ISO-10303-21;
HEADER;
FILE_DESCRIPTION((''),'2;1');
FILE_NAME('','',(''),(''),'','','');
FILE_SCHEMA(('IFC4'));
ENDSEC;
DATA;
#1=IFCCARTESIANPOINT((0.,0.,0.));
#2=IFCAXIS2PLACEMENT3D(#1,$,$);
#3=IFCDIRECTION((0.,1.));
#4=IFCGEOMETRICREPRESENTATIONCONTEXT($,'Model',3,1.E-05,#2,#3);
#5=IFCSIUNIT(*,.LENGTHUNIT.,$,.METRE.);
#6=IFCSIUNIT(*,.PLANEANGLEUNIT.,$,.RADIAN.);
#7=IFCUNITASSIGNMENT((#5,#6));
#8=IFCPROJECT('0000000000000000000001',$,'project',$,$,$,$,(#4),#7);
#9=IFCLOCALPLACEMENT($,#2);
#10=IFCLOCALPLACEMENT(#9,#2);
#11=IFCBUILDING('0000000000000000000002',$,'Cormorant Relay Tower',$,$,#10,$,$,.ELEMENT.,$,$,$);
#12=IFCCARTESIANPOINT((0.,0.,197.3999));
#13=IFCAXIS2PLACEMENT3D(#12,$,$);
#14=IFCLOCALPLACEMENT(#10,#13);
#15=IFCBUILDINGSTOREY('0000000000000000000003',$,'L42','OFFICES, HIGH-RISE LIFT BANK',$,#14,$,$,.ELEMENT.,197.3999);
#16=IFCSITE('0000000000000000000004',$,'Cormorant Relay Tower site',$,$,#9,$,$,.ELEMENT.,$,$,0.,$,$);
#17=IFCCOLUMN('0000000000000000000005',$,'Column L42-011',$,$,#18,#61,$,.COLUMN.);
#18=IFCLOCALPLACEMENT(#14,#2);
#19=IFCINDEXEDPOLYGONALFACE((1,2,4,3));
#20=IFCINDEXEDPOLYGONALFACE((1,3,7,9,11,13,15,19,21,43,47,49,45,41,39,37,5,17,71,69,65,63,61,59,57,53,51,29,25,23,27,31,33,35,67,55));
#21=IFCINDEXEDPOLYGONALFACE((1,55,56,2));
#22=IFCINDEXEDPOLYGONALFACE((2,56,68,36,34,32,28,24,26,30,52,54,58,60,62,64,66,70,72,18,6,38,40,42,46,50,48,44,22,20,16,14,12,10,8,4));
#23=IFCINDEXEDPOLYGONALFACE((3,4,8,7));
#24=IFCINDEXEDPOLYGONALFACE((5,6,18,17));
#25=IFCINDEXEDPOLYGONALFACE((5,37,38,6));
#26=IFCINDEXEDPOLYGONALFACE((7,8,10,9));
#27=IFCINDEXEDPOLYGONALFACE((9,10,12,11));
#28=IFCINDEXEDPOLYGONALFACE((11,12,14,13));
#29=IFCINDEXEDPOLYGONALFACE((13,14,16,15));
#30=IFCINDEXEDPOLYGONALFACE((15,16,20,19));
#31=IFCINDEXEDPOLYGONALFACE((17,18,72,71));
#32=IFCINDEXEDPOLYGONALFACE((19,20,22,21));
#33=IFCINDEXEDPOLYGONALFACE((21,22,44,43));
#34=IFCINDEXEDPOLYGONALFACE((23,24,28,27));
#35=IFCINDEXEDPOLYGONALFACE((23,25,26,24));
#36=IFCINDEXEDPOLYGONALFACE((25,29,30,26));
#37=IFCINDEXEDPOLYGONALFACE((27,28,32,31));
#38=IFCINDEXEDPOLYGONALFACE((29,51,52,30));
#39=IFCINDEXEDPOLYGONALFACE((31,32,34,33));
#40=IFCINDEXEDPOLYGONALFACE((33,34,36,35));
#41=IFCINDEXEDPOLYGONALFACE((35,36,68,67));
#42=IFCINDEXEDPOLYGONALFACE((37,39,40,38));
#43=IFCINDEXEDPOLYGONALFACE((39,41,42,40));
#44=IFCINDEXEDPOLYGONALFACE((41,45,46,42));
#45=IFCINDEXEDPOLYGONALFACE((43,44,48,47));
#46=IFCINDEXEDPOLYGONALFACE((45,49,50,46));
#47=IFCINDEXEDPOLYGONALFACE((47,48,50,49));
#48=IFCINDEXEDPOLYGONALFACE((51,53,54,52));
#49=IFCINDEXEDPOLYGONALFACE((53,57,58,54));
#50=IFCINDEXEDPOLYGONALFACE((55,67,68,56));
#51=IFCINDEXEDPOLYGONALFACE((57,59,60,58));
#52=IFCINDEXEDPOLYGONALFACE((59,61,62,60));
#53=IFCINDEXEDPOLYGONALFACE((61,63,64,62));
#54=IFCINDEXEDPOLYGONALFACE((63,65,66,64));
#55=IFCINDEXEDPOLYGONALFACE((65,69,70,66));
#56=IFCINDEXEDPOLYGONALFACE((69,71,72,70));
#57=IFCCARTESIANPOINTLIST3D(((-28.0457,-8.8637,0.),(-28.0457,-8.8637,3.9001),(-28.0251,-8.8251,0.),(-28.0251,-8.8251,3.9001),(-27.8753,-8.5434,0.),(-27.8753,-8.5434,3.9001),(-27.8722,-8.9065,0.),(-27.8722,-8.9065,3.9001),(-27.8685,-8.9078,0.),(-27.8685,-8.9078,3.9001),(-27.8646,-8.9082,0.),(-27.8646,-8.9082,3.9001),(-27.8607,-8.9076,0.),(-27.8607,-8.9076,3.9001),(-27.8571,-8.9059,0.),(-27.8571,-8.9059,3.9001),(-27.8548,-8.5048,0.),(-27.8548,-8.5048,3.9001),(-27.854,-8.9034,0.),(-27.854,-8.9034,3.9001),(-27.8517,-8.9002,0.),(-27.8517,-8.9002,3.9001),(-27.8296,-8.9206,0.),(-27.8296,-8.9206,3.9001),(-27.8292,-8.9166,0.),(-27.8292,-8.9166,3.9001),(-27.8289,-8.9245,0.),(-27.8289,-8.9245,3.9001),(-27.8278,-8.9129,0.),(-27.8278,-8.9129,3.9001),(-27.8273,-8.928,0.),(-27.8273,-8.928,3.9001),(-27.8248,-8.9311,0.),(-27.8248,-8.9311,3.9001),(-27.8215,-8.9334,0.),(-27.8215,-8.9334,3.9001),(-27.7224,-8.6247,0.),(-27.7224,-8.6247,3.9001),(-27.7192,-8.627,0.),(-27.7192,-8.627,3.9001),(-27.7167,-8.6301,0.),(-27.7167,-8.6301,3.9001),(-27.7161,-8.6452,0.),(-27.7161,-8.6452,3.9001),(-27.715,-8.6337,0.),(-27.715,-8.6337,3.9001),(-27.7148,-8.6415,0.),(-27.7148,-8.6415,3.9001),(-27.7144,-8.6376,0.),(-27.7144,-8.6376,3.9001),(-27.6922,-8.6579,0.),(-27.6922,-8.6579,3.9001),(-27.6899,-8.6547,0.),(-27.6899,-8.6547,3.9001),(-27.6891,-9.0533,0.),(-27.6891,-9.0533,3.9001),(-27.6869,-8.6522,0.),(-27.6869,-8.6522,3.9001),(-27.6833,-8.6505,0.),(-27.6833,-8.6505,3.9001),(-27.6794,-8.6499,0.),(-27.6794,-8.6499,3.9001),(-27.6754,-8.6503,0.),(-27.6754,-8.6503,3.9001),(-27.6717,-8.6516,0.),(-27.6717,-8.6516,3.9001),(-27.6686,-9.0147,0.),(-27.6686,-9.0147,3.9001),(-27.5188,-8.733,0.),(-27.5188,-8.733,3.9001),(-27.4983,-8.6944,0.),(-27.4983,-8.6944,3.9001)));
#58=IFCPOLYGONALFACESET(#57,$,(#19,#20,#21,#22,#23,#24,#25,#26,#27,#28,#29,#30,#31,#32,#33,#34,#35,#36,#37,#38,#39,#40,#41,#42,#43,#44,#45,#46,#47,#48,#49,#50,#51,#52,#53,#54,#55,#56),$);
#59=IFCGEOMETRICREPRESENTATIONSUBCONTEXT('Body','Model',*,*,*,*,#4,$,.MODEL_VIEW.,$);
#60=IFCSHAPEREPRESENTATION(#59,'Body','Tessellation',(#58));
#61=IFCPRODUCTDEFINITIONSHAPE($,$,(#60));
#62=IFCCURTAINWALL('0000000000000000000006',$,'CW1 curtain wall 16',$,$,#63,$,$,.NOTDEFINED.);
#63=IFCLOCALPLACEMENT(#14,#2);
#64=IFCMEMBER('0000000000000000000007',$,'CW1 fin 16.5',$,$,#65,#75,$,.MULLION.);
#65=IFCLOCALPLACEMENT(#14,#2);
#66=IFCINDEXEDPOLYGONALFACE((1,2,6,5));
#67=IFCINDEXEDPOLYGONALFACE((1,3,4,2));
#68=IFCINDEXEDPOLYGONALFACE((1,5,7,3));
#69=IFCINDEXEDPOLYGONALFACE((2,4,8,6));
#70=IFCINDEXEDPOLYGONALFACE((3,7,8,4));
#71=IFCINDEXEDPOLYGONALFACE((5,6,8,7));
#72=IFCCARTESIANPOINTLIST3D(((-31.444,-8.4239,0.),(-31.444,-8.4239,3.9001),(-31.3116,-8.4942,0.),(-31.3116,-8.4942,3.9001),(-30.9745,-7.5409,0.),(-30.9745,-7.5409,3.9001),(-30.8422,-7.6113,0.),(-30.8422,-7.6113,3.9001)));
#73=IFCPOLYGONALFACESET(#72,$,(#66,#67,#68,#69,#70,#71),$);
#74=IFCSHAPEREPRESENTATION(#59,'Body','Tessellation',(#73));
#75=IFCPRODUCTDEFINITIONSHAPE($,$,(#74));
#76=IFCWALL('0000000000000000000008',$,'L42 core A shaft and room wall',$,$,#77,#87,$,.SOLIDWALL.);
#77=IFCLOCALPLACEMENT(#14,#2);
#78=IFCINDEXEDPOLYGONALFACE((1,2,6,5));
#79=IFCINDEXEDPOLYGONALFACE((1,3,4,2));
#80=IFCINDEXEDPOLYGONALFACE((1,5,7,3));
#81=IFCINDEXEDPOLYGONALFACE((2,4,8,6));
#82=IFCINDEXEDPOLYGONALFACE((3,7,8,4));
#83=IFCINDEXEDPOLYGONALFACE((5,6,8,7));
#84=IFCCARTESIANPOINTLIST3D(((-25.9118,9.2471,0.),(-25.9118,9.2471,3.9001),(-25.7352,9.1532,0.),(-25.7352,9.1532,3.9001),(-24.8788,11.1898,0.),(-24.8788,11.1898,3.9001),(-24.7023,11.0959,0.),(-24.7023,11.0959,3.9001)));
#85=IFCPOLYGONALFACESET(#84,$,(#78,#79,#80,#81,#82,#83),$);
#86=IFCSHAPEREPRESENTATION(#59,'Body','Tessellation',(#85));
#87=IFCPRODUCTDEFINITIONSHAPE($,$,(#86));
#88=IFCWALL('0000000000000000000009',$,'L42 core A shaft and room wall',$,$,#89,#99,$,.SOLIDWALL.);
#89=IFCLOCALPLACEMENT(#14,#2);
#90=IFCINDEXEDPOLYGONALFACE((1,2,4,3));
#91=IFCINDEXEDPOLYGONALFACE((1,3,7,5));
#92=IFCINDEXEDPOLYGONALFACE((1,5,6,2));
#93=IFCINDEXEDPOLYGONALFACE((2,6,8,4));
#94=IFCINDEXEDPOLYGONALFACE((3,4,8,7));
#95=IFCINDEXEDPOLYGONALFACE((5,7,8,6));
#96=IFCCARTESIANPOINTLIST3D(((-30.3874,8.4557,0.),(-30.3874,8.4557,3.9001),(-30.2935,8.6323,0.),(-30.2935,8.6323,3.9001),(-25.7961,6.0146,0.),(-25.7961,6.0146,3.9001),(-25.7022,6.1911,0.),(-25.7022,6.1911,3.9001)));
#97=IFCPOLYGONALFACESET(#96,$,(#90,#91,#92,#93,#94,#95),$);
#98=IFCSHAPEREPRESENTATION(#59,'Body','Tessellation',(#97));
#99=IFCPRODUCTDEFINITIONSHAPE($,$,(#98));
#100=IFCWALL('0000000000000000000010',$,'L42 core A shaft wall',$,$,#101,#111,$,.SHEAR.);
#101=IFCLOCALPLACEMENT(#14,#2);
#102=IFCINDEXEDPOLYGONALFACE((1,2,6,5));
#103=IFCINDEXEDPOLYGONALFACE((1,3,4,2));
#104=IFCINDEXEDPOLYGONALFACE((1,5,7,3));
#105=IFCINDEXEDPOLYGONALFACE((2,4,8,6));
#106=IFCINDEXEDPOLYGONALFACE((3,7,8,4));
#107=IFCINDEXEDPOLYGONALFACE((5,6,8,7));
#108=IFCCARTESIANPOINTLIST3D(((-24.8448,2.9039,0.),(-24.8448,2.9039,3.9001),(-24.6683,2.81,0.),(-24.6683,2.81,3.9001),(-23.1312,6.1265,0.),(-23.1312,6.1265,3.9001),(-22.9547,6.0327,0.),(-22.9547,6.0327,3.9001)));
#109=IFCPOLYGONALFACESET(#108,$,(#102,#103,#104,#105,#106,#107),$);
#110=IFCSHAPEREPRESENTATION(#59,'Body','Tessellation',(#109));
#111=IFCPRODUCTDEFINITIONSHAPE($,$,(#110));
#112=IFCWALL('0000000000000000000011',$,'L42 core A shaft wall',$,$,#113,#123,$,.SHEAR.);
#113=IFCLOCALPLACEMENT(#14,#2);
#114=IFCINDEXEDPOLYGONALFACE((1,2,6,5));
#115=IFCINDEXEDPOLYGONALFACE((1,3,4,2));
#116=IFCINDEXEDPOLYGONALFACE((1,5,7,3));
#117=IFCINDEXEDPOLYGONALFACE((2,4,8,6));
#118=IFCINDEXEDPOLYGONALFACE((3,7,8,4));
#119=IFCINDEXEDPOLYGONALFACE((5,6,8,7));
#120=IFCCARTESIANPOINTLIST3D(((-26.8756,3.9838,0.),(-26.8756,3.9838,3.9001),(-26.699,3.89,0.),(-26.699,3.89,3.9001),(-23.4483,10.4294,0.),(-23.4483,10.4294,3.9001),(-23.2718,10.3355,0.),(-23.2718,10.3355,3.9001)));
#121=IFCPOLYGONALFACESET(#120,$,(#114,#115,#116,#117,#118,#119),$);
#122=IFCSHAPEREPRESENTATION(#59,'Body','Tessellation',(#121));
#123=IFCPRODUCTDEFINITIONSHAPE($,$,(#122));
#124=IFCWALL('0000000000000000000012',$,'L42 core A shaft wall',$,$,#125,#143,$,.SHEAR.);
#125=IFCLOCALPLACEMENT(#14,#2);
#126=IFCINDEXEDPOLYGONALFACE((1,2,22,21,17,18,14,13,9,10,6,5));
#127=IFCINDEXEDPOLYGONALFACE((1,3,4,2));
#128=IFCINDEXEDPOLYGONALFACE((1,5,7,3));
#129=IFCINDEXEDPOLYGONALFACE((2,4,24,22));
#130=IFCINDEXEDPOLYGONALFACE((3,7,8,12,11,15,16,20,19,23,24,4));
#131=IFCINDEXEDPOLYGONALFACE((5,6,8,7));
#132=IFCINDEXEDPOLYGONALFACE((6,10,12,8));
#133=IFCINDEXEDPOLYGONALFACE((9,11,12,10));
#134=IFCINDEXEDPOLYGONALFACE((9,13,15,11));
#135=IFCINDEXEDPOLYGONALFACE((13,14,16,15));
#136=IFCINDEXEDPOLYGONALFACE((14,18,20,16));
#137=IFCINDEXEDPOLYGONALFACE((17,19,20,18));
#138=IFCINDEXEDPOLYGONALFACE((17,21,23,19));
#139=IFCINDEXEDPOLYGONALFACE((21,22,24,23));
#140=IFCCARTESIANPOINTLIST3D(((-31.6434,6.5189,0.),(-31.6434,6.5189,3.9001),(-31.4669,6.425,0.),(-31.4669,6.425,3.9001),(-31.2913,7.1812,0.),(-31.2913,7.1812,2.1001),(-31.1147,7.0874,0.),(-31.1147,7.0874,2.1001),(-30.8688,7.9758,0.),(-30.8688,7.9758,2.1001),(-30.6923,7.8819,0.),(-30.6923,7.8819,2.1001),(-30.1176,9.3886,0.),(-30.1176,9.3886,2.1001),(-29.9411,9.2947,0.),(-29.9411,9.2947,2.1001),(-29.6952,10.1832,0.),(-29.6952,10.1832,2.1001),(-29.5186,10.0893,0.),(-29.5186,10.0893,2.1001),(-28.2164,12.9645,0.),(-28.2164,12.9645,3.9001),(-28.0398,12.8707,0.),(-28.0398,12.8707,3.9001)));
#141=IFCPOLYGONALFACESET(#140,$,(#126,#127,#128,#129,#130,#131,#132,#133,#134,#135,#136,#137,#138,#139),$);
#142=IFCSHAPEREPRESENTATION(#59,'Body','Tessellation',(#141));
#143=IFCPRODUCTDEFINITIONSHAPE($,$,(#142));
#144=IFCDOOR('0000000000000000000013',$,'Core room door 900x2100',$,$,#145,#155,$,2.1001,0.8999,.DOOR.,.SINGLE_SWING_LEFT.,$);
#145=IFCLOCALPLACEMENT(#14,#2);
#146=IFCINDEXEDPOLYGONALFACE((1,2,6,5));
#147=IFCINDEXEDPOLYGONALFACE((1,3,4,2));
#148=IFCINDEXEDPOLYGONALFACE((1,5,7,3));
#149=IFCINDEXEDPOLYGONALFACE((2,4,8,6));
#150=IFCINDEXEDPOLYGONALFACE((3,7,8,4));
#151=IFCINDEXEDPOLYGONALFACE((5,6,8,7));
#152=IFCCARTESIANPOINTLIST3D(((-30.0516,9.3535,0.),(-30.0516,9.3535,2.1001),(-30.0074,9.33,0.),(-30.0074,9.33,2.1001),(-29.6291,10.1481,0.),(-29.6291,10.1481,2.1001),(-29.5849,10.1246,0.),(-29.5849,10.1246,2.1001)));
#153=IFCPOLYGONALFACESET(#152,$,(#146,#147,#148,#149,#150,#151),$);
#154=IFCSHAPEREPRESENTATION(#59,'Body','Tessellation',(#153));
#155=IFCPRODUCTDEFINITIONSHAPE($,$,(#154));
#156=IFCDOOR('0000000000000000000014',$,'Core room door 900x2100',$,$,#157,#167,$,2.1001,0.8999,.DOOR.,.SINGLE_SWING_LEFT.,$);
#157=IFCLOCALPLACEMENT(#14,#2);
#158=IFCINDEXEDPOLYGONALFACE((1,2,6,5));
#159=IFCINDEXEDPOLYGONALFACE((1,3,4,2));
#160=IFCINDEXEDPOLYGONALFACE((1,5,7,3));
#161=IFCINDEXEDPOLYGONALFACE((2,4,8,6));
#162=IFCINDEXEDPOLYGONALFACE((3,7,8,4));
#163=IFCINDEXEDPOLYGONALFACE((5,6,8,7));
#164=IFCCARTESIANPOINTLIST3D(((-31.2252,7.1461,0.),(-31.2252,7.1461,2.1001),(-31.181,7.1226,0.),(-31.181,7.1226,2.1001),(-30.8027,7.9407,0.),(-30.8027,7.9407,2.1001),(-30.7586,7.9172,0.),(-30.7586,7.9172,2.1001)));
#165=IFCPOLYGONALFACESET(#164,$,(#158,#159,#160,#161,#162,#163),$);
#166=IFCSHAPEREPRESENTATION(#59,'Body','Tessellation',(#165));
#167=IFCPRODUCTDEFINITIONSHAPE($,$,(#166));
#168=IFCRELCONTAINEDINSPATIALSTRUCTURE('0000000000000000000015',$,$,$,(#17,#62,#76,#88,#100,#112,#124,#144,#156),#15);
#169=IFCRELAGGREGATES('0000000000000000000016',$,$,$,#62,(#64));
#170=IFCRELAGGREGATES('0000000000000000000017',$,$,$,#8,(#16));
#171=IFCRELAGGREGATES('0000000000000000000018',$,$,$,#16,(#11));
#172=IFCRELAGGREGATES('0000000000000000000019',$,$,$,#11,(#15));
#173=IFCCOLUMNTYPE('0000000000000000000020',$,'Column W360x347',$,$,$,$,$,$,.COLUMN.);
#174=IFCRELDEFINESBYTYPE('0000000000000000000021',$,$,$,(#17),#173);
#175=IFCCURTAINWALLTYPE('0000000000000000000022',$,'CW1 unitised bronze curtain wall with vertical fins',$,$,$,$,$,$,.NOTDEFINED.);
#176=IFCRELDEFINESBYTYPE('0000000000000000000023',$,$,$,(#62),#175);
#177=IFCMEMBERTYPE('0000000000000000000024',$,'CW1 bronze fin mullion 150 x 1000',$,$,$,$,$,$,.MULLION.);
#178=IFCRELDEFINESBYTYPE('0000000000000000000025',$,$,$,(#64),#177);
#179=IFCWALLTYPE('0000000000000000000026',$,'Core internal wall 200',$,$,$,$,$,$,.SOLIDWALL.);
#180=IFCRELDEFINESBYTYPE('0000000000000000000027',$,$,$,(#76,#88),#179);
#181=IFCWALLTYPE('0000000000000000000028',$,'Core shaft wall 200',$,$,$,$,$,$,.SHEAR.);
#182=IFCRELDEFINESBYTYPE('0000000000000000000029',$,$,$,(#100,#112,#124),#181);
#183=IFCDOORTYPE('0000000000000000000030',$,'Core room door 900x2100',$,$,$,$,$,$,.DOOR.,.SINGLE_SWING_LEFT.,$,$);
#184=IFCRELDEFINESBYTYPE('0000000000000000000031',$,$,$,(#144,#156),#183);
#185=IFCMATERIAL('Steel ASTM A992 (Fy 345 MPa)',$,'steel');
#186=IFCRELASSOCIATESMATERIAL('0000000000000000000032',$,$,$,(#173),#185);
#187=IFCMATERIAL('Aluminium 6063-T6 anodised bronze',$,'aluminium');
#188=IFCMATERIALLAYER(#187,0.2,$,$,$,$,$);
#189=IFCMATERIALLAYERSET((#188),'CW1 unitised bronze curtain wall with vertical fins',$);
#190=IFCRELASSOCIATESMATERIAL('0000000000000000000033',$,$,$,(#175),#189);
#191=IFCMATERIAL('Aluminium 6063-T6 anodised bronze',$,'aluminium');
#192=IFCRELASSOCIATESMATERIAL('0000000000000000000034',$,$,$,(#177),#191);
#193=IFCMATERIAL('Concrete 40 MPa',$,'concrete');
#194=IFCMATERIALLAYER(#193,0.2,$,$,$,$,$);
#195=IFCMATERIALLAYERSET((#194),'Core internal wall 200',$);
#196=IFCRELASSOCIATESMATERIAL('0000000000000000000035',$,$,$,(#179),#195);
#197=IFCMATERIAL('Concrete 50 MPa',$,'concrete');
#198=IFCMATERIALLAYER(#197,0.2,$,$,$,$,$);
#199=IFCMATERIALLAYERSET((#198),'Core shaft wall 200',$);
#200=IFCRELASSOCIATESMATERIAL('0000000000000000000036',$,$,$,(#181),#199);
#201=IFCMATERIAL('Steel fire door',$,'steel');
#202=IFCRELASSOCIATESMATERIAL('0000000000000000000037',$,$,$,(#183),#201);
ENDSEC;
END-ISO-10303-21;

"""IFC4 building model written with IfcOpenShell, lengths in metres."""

from ifc_helpers import new_model, si_unit, direction, frame, frame_2d, origin, origin_2d, place, context, subcontext, project, spatial, rectangle, i_section, extrude, material, layer, layer_set, material_profile, profile_set, type_object, element, fill, aggregate, save


model = new_model("IFC4")

# Units and contexts
model_context = context("Model", 3, precision=1e-05, world=origin(), true_north=direction((0.0, 1.0)))
body_context = subcontext(model_context, "Body", "Model", "MODEL_VIEW")
ifc_project = project(units=[si_unit("LENGTHUNIT", "METRE"), si_unit("PLANEANGLEUNIT", "RADIAN")], contexts=[model_context])

# Site, building, storey
site_placement = place(None, origin())
site = spatial("IfcSite", under=ifc_project, at=site_placement, Name="Cormorant Relay Tower site", CompositionType="ELEMENT", RefElevation=0.0)
building_placement = place(site_placement, origin())
building = spatial("IfcBuilding", under=site, at=building_placement, Name="Cormorant Relay Tower", CompositionType="ELEMENT")
storey_placement = place(building_placement, frame((0.0, 0.0, 197.3999)))
storey = spatial("IfcBuildingStorey", under=building, at=storey_placement, Name="L42", Description="OFFICES, HIGH-RISE LIFT BANK", CompositionType="ELEMENT", Elevation=197.3999)

# Column
ifc_material_1 = material(Name="Steel ASTM A992 (Fy 345 MPa)", Category="steel")
ifc_material_profile_1 = material_profile(ifc_material_1, i_section(OverallWidth=0.4038, OverallDepth=0.4065, WebThickness=0.0271, FlangeThickness=0.0437, FilletRadius=0.0151, at=origin_2d()), Name="W360x347")
ifc_profile_set_1 = profile_set([ifc_material_profile_1], Name="Steel ASTM A992 (Fy 345 MPa)")
column_type = type_object("IfcColumnType", Name="Column W360x347", PredefinedType="COLUMN", material=ifc_profile_set_1)
column_placement = place(storey_placement, frame((-27.772, -8.7791, 0.0), z_axis=(0.0, 0.0, 1.0), x_axis=(0.882948, -0.469472, 0.0)))
element("IfcColumn", 1, at=column_placement, inside=storey, type_object=column_type, Name="Column L42-011", PredefinedType="COLUMN", context=body_context, shape_type="SweptSolid", body=[
    extrude(i_section(OverallWidth=0.4038, OverallDepth=0.4065, WebThickness=0.0271, FlangeThickness=0.0437, FilletRadius=0.0151, at=origin_2d()), origin(), (0.0, 0.0, 1.0), 3.9001),
])

# Curtain wall, member
ifc_material_2 = material(Name="Aluminium 6063-T6 anodised bronze", Category="aluminium")
ifc_layer_1 = layer(ifc_material_2, 0.2)
ifc_layer_set_1 = layer_set([ifc_layer_1], Name="CW1 unitised bronze curtain wall with vertical fins")
curtain_wall_type = type_object("IfcCurtainWallType", Name="CW1 unitised bronze curtain wall with vertical fins", PredefinedType="NOTDEFINED", material=ifc_layer_set_1)
curtain_wall_placement = place(storey_placement, origin())
curtain_wall = element("IfcCurtainWall", 2, at=curtain_wall_placement, inside=storey, type_object=curtain_wall_type, Name="CW1 curtain wall 16", PredefinedType="NOTDEFINED")
ifc_material_3 = material(Name="Aluminium 6063-T6 anodised bronze", Category="aluminium")
ifc_material_profile_2 = material_profile(ifc_material_3, rectangle(XDim=0.1499, YDim=1.0, at=origin_2d()), Name="AL 150x1000")
ifc_profile_set_2 = profile_set([ifc_material_profile_2], Name="Aluminium 6063-T6 anodised bronze")
member_type = type_object("IfcMemberType", Name="CW1 bronze fin mullion 150 x 1000", PredefinedType="MULLION", material=ifc_profile_set_2)
member_placement = place(storey_placement, frame((-31.1431, -8.0176, 0.0), z_axis=(0.0, 0.0, 1.0), x_axis=(0.882948, -0.469472, 0.0)))
member = element("IfcMember", 3, at=member_placement, type_object=member_type, Name="CW1 fin 16.5", PredefinedType="MULLION", context=body_context, shape_type="SweptSolid", body=[
    extrude(rectangle(XDim=0.1499, YDim=1.0, at=origin_2d()), origin(), (0.0, 0.0, 1.0), 3.9001),
])

# Walls
ifc_material_4 = material(Name="Concrete 40 MPa", Category="concrete")
ifc_layer_2 = layer(ifc_material_4, 0.2)
ifc_layer_set_2 = layer_set([ifc_layer_2], Name="Core internal wall 200")
wall_type_1 = type_object("IfcWallType", Name="Core internal wall 200", PredefinedType="SOLIDWALL", material=ifc_layer_set_2)
wall_1_placement = place(storey_placement, frame((-24.7905, 11.1428, 0.0), z_axis=(0.0, 0.0, 1.0), x_axis=(-0.469488, -0.882939, 0.0)))
element("IfcWall", 4, at=wall_1_placement, inside=storey, type_object=wall_type_1, Name="L42 core A shaft and room wall", PredefinedType="SOLIDWALL", context=body_context, shape_type="SweptSolid", body=[
    extrude(rectangle(XDim=2.2002, YDim=0.2, at=frame_2d((1.1001, 0.0))), origin(), (0.0, 0.0, 1.0), 3.9001),
])
wall_2_placement = place(storey_placement, frame((-25.749, 6.1028, 0.0), z_axis=(0.0, 0.0, 1.0), x_axis=(-0.882954, 0.46946, 0.0)))
element("IfcWall", 5, at=wall_2_placement, inside=storey, type_object=wall_type_1, Name="L42 core A shaft and room wall", PredefinedType="SOLIDWALL", context=body_context, shape_type="SweptSolid", body=[
    extrude(rectangle(XDim=5.2, YDim=0.2, at=frame_2d((2.6001, 0.0))), origin(), (0.0, 0.0, 1.0), 3.9001),
])
ifc_material_5 = material(Name="Concrete 50 MPa", Category="concrete")
ifc_layer_3 = layer(ifc_material_5, 0.2)
ifc_layer_set_3 = layer_set([ifc_layer_3], Name="Core shaft wall 200")
wall_type_2 = type_object("IfcWallType", Name="Core shaft wall 200", PredefinedType="SHEAR", material=ifc_layer_set_3)
wall_3_placement = place(storey_placement, frame((-23.043, 6.0796, 0.0), z_axis=(0.0, 0.0, 1.0), x_axis=(-0.469494, -0.882936, 0.0)))
element("IfcWall", 6, at=wall_3_placement, inside=storey, type_object=wall_type_2, Name="L42 core A shaft wall", PredefinedType="SHEAR", context=body_context, shape_type="SweptSolid", body=[
    extrude(rectangle(XDim=3.6499, YDim=0.2, at=frame_2d((1.825, 0.0))), origin(), (0.0, 0.0, 1.0), 3.9001),
])
wall_4_placement = place(storey_placement, frame((-23.3601, 10.3823, 0.0), z_axis=(0.0, 0.0, 1.0), x_axis=(-0.46948, -0.882943, 0.0)))
element("IfcWall", 7, at=wall_4_placement, inside=storey, type_object=wall_type_2, Name="L42 core A shaft wall", PredefinedType="SHEAR", context=body_context, shape_type="SweptSolid", body=[
    extrude(rectangle(XDim=7.3, YDim=0.2, at=frame_2d((3.6499, 0.0))), origin(), (0.0, 0.0, 1.0), 3.9001),
])

# Wall, openings, doors
wall_5_placement = place(storey_placement, frame((-28.1282, 12.9175, 0.0), z_axis=(0.0, 0.0, 1.0), x_axis=(-0.469454, -0.882957, 0.0)))
wall_5 = element("IfcWall", 8, at=wall_5_placement, inside=storey, type_object=wall_type_2, Name="L42 core A shaft wall", PredefinedType="SHEAR", context=body_context, shape_type="SweptSolid", body=[
    extrude(rectangle(XDim=7.3, YDim=0.2, at=frame_2d((3.6499, 0.0))), origin(), (0.0, 0.0, 1.0), 3.9001),
])
opening_1_placement = place(wall_5_placement, frame((3.1499, 0.0, 0.0)))
opening_1 = element("IfcOpeningElement", 9, at=opening_1_placement, cuts=wall_5, PredefinedType="OPENING", context=body_context, shape_type="SweptSolid", body=[
    extrude(rectangle(XDim=0.8999, YDim=2.1001, at=frame_2d((0.45, 1.05))), frame((0.0, 0.1099, 0.0), z_axis=(0.0, -1.0, 0.0), x_axis=(1.0, 0.0, 0.0)), (0.0, 0.0, 1.0), 0.22),
])
opening_2_placement = place(wall_5_placement, frame((5.6499, 0.0, 0.0)))
opening_2 = element("IfcOpeningElement", 10, at=opening_2_placement, cuts=wall_5, PredefinedType="OPENING", context=body_context, shape_type="SweptSolid", body=[
    extrude(rectangle(XDim=0.8999, YDim=2.1001, at=frame_2d((0.45, 1.05))), frame((0.0, 0.1099, 0.0), z_axis=(0.0, -1.0, 0.0), x_axis=(1.0, 0.0, 0.0)), (0.0, 0.0, 1.0), 0.22),
])
ifc_material_6 = material(Name="Steel fire door", Category="steel")
door_type_1 = type_object("IfcDoorType", Name="Core room door 900x2100", OperationType="SINGLE_SWING_LEFT", PredefinedType="DOOR", material=ifc_material_6)
door_1_placement = place(opening_1_placement, origin())
door_1 = element("IfcDoor", 11, at=door_1_placement, inside=storey, type_object=door_type_1, Name="Core room door 900x2100", OperationType="SINGLE_SWING_LEFT", OverallHeight=2.1001, OverallWidth=0.8999, PredefinedType="DOOR", context=body_context, shape_type="SweptSolid", body=[
    extrude(rectangle(XDim=0.8999, YDim=2.1001, at=frame_2d((0.45, 1.05))), frame((0.0, 0.0249, 0.0), z_axis=(0.0, -1.0, 0.0), x_axis=(1.0, 0.0, 0.0)), (0.0, 0.0, 1.0), 0.05),
])
fill(opening_1, door_1)
door_2_placement = place(opening_2_placement, origin())
door_2 = element("IfcDoor", 12, at=door_2_placement, inside=storey, type_object=door_type_1, Name="Core room door 900x2100", OperationType="SINGLE_SWING_LEFT", OverallHeight=2.1001, OverallWidth=0.8999, PredefinedType="DOOR", context=body_context, shape_type="SweptSolid", body=[
    extrude(rectangle(XDim=0.8999, YDim=2.1001, at=frame_2d((0.45, 1.05))), frame((0.0, 0.0249, 0.0), z_axis=(0.0, -1.0, 0.0), x_axis=(1.0, 0.0, 0.0)), (0.0, 0.0, 1.0), 0.05),
])
fill(opening_2, door_2)

aggregate(curtain_wall, [member])

save(model, "model.ifc")
